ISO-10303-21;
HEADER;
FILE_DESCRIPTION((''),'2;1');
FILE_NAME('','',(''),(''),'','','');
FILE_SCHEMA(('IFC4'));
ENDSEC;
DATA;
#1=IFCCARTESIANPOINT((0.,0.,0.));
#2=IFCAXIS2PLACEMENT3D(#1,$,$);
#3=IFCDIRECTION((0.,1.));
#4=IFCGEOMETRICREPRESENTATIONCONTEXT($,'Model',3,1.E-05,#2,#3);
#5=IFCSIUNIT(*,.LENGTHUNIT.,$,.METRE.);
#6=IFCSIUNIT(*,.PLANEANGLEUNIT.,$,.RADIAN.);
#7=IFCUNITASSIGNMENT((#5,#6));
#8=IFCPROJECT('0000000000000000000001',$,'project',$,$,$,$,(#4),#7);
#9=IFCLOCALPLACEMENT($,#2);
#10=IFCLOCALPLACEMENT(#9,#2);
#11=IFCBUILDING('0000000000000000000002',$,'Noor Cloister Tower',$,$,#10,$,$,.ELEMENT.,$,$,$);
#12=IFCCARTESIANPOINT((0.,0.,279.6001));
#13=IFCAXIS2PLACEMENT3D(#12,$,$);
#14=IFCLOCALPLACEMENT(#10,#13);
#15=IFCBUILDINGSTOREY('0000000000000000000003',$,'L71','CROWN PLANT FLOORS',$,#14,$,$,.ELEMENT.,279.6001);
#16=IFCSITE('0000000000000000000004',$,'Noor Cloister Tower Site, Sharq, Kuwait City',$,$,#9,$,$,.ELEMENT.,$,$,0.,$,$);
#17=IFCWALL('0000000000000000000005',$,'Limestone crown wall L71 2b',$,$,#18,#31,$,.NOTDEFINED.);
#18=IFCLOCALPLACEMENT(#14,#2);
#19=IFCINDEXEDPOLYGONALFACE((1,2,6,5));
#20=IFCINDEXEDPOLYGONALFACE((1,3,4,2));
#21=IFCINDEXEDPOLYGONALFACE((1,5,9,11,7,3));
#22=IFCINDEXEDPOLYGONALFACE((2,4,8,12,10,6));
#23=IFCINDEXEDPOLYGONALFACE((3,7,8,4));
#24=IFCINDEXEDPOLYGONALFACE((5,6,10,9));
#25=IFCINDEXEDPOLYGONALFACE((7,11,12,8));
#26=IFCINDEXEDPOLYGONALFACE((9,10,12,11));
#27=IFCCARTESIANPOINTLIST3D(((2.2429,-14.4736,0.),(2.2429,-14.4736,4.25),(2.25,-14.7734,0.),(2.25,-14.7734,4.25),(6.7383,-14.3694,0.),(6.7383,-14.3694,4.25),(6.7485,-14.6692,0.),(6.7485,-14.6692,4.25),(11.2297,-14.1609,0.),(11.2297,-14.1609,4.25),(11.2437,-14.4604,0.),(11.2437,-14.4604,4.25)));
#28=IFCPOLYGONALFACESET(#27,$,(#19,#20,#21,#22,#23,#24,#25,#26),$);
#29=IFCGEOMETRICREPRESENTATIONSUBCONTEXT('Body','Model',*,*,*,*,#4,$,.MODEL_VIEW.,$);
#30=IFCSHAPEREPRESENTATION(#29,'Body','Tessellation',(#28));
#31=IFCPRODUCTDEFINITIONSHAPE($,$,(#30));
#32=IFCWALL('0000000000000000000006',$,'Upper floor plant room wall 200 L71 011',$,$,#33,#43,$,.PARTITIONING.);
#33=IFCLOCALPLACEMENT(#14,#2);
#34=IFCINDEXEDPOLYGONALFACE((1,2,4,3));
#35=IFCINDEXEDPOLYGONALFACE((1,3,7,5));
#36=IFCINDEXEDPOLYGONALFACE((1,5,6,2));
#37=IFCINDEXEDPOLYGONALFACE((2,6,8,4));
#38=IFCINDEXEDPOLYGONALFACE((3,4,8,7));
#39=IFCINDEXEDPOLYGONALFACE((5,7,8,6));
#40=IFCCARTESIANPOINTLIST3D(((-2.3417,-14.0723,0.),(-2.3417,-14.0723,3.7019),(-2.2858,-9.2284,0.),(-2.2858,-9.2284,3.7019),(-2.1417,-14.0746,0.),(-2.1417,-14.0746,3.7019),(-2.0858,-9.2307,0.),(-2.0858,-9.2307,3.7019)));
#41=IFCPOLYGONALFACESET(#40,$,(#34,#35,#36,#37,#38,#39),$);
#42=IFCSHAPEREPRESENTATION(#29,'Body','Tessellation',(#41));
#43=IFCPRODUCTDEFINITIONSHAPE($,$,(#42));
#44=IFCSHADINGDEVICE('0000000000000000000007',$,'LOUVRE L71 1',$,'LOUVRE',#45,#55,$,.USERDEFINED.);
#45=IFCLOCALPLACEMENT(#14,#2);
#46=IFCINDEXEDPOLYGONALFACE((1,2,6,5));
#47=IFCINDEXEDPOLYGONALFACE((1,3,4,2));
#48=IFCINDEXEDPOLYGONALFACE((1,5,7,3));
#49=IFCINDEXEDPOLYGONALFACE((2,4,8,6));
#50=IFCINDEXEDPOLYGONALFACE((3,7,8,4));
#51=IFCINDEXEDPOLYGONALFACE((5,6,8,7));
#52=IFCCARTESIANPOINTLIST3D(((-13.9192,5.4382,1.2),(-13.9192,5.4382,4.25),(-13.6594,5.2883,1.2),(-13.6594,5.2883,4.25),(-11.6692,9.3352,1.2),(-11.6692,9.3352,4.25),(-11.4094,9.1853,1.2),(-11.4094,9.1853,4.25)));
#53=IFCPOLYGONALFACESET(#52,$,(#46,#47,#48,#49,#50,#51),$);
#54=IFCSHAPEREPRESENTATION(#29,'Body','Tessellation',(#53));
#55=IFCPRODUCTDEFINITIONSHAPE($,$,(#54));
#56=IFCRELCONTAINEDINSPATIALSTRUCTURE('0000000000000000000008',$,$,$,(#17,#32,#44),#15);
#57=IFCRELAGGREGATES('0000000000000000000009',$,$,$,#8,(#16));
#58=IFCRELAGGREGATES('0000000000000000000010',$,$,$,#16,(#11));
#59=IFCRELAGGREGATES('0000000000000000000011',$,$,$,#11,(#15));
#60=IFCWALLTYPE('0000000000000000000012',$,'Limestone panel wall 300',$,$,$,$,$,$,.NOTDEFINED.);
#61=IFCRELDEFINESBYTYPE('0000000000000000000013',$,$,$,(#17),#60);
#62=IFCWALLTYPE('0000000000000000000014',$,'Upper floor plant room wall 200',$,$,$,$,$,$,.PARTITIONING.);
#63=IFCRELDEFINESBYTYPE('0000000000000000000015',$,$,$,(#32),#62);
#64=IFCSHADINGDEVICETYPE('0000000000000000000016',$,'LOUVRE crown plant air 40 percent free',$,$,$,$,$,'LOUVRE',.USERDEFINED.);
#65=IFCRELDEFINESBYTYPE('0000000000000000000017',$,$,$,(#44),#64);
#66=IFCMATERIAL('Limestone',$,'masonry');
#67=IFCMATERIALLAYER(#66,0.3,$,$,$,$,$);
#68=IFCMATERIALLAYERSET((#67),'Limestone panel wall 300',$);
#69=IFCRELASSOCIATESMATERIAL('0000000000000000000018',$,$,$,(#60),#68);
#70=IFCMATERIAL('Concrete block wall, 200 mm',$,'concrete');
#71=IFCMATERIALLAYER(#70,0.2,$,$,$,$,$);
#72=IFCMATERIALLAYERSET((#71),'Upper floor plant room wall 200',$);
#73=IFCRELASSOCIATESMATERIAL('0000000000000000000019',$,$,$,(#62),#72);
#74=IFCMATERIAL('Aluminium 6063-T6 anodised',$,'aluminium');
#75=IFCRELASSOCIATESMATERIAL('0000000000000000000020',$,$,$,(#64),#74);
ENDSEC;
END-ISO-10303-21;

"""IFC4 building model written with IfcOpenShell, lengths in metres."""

from ifc_helpers import new_model, si_unit, direction, frame, frame_2d, origin, place, context, subcontext, project, spatial, polyline, rectangle, outline, extrude, material, layer, layer_set, type_object, element, save


model = new_model("IFC4")

# Units and contexts
model_context = context("Model", 3, precision=1e-05, world=origin(), true_north=direction((0.0, 1.0)))
body_context = subcontext(model_context, "Body", "Model", "MODEL_VIEW")
ifc_project = project(units=[si_unit("LENGTHUNIT", "METRE"), si_unit("PLANEANGLEUNIT", "RADIAN")], contexts=[model_context])

# Site, building, storey
site_placement = place(None, origin())
site = spatial("IfcSite", under=ifc_project, at=site_placement, Name="Noor Cloister Tower Site, Sharq, Kuwait City", CompositionType="ELEMENT", RefElevation=0.0)
building_placement = place(site_placement, origin())
building = spatial("IfcBuilding", under=site, at=building_placement, Name="Noor Cloister Tower", CompositionType="ELEMENT")
storey_placement = place(building_placement, frame((0.0, 0.0, 279.6001)))
storey = spatial("IfcBuildingStorey", under=building, at=storey_placement, Name="L71", Description="CROWN PLANT FLOORS", CompositionType="ELEMENT", Elevation=279.6001)

# Walls
ifc_material_1 = material(Name="Limestone", Category="masonry")
ifc_layer_1 = layer(ifc_material_1, 0.3)
ifc_layer_set_1 = layer_set([ifc_layer_1], Name="Limestone panel wall 300")
wall_type_1 = type_object("IfcWallType", Name="Limestone panel wall 300", PredefinedType="NOTDEFINED", material=ifc_layer_set_1)
wall_1_placement = place(storey_placement, origin())
element("IfcWall", 1, at=wall_1_placement, inside=storey, type_object=wall_type_1, Name="Limestone crown wall L71 2b", PredefinedType="NOTDEFINED", context=body_context, shape_type="SweptSolid", body=[
    extrude(outline(polyline([(2.25, -14.7734), (6.7485, -14.6692), (11.2437, -14.4604), (11.2297, -14.1609), (6.7383, -14.3694), (2.2429, -14.4736), (2.25, -14.7734)])), origin(), (0.0, 0.0, 1.0), 4.25),
])
ifc_material_2 = material(Name="Concrete block wall, 200 mm", Category="concrete")
ifc_layer_2 = layer(ifc_material_2, 0.2)
ifc_layer_set_2 = layer_set([ifc_layer_2], Name="Upper floor plant room wall 200")
wall_type_2 = type_object("IfcWallType", Name="Upper floor plant room wall 200", PredefinedType="PARTITIONING", material=ifc_layer_set_2)
wall_2_placement = place(storey_placement, frame((-2.2417, -14.0735, 0.0), z_axis=(0.0, 0.0, 1.0), x_axis=(0.011541, 0.999933, 0.0)))
element("IfcWall", 2, at=wall_2_placement, inside=storey, type_object=wall_type_2, Name="Upper floor plant room wall 200 L71 011", PredefinedType="PARTITIONING", context=body_context, shape_type="SweptSolid", body=[
    extrude(rectangle(XDim=4.8442, YDim=0.2, at=frame_2d((2.4221, 0.0))), origin(), (0.0, 0.0, 1.0), 3.7019),
])

# Shading device
ifc_material_3 = material(Name="Aluminium 6063-T6 anodised", Category="aluminium")
shading_device_type = type_object("IfcShadingDeviceType", Name="LOUVRE crown plant air 40 percent free", ElementType="LOUVRE", PredefinedType="USERDEFINED", material=ifc_material_3)
shading_device_placement = place(storey_placement, frame((0.0, 0.0, 1.2)))
element("IfcShadingDevice", 3, at=shading_device_placement, inside=storey, type_object=shading_device_type, Name="LOUVRE L71 1", ObjectType="LOUVRE", PredefinedType="USERDEFINED", context=body_context, shape_type="SweptSolid", body=[
    extrude(outline(polyline([(-11.6692, 9.3352), (-13.9192, 5.4382), (-13.6594, 5.2883), (-11.4094, 9.1853), (-11.6692, 9.3352)])), origin(), (0.0, 0.0, 1.0), 3.05),
])

save(model, "model.ifc")
